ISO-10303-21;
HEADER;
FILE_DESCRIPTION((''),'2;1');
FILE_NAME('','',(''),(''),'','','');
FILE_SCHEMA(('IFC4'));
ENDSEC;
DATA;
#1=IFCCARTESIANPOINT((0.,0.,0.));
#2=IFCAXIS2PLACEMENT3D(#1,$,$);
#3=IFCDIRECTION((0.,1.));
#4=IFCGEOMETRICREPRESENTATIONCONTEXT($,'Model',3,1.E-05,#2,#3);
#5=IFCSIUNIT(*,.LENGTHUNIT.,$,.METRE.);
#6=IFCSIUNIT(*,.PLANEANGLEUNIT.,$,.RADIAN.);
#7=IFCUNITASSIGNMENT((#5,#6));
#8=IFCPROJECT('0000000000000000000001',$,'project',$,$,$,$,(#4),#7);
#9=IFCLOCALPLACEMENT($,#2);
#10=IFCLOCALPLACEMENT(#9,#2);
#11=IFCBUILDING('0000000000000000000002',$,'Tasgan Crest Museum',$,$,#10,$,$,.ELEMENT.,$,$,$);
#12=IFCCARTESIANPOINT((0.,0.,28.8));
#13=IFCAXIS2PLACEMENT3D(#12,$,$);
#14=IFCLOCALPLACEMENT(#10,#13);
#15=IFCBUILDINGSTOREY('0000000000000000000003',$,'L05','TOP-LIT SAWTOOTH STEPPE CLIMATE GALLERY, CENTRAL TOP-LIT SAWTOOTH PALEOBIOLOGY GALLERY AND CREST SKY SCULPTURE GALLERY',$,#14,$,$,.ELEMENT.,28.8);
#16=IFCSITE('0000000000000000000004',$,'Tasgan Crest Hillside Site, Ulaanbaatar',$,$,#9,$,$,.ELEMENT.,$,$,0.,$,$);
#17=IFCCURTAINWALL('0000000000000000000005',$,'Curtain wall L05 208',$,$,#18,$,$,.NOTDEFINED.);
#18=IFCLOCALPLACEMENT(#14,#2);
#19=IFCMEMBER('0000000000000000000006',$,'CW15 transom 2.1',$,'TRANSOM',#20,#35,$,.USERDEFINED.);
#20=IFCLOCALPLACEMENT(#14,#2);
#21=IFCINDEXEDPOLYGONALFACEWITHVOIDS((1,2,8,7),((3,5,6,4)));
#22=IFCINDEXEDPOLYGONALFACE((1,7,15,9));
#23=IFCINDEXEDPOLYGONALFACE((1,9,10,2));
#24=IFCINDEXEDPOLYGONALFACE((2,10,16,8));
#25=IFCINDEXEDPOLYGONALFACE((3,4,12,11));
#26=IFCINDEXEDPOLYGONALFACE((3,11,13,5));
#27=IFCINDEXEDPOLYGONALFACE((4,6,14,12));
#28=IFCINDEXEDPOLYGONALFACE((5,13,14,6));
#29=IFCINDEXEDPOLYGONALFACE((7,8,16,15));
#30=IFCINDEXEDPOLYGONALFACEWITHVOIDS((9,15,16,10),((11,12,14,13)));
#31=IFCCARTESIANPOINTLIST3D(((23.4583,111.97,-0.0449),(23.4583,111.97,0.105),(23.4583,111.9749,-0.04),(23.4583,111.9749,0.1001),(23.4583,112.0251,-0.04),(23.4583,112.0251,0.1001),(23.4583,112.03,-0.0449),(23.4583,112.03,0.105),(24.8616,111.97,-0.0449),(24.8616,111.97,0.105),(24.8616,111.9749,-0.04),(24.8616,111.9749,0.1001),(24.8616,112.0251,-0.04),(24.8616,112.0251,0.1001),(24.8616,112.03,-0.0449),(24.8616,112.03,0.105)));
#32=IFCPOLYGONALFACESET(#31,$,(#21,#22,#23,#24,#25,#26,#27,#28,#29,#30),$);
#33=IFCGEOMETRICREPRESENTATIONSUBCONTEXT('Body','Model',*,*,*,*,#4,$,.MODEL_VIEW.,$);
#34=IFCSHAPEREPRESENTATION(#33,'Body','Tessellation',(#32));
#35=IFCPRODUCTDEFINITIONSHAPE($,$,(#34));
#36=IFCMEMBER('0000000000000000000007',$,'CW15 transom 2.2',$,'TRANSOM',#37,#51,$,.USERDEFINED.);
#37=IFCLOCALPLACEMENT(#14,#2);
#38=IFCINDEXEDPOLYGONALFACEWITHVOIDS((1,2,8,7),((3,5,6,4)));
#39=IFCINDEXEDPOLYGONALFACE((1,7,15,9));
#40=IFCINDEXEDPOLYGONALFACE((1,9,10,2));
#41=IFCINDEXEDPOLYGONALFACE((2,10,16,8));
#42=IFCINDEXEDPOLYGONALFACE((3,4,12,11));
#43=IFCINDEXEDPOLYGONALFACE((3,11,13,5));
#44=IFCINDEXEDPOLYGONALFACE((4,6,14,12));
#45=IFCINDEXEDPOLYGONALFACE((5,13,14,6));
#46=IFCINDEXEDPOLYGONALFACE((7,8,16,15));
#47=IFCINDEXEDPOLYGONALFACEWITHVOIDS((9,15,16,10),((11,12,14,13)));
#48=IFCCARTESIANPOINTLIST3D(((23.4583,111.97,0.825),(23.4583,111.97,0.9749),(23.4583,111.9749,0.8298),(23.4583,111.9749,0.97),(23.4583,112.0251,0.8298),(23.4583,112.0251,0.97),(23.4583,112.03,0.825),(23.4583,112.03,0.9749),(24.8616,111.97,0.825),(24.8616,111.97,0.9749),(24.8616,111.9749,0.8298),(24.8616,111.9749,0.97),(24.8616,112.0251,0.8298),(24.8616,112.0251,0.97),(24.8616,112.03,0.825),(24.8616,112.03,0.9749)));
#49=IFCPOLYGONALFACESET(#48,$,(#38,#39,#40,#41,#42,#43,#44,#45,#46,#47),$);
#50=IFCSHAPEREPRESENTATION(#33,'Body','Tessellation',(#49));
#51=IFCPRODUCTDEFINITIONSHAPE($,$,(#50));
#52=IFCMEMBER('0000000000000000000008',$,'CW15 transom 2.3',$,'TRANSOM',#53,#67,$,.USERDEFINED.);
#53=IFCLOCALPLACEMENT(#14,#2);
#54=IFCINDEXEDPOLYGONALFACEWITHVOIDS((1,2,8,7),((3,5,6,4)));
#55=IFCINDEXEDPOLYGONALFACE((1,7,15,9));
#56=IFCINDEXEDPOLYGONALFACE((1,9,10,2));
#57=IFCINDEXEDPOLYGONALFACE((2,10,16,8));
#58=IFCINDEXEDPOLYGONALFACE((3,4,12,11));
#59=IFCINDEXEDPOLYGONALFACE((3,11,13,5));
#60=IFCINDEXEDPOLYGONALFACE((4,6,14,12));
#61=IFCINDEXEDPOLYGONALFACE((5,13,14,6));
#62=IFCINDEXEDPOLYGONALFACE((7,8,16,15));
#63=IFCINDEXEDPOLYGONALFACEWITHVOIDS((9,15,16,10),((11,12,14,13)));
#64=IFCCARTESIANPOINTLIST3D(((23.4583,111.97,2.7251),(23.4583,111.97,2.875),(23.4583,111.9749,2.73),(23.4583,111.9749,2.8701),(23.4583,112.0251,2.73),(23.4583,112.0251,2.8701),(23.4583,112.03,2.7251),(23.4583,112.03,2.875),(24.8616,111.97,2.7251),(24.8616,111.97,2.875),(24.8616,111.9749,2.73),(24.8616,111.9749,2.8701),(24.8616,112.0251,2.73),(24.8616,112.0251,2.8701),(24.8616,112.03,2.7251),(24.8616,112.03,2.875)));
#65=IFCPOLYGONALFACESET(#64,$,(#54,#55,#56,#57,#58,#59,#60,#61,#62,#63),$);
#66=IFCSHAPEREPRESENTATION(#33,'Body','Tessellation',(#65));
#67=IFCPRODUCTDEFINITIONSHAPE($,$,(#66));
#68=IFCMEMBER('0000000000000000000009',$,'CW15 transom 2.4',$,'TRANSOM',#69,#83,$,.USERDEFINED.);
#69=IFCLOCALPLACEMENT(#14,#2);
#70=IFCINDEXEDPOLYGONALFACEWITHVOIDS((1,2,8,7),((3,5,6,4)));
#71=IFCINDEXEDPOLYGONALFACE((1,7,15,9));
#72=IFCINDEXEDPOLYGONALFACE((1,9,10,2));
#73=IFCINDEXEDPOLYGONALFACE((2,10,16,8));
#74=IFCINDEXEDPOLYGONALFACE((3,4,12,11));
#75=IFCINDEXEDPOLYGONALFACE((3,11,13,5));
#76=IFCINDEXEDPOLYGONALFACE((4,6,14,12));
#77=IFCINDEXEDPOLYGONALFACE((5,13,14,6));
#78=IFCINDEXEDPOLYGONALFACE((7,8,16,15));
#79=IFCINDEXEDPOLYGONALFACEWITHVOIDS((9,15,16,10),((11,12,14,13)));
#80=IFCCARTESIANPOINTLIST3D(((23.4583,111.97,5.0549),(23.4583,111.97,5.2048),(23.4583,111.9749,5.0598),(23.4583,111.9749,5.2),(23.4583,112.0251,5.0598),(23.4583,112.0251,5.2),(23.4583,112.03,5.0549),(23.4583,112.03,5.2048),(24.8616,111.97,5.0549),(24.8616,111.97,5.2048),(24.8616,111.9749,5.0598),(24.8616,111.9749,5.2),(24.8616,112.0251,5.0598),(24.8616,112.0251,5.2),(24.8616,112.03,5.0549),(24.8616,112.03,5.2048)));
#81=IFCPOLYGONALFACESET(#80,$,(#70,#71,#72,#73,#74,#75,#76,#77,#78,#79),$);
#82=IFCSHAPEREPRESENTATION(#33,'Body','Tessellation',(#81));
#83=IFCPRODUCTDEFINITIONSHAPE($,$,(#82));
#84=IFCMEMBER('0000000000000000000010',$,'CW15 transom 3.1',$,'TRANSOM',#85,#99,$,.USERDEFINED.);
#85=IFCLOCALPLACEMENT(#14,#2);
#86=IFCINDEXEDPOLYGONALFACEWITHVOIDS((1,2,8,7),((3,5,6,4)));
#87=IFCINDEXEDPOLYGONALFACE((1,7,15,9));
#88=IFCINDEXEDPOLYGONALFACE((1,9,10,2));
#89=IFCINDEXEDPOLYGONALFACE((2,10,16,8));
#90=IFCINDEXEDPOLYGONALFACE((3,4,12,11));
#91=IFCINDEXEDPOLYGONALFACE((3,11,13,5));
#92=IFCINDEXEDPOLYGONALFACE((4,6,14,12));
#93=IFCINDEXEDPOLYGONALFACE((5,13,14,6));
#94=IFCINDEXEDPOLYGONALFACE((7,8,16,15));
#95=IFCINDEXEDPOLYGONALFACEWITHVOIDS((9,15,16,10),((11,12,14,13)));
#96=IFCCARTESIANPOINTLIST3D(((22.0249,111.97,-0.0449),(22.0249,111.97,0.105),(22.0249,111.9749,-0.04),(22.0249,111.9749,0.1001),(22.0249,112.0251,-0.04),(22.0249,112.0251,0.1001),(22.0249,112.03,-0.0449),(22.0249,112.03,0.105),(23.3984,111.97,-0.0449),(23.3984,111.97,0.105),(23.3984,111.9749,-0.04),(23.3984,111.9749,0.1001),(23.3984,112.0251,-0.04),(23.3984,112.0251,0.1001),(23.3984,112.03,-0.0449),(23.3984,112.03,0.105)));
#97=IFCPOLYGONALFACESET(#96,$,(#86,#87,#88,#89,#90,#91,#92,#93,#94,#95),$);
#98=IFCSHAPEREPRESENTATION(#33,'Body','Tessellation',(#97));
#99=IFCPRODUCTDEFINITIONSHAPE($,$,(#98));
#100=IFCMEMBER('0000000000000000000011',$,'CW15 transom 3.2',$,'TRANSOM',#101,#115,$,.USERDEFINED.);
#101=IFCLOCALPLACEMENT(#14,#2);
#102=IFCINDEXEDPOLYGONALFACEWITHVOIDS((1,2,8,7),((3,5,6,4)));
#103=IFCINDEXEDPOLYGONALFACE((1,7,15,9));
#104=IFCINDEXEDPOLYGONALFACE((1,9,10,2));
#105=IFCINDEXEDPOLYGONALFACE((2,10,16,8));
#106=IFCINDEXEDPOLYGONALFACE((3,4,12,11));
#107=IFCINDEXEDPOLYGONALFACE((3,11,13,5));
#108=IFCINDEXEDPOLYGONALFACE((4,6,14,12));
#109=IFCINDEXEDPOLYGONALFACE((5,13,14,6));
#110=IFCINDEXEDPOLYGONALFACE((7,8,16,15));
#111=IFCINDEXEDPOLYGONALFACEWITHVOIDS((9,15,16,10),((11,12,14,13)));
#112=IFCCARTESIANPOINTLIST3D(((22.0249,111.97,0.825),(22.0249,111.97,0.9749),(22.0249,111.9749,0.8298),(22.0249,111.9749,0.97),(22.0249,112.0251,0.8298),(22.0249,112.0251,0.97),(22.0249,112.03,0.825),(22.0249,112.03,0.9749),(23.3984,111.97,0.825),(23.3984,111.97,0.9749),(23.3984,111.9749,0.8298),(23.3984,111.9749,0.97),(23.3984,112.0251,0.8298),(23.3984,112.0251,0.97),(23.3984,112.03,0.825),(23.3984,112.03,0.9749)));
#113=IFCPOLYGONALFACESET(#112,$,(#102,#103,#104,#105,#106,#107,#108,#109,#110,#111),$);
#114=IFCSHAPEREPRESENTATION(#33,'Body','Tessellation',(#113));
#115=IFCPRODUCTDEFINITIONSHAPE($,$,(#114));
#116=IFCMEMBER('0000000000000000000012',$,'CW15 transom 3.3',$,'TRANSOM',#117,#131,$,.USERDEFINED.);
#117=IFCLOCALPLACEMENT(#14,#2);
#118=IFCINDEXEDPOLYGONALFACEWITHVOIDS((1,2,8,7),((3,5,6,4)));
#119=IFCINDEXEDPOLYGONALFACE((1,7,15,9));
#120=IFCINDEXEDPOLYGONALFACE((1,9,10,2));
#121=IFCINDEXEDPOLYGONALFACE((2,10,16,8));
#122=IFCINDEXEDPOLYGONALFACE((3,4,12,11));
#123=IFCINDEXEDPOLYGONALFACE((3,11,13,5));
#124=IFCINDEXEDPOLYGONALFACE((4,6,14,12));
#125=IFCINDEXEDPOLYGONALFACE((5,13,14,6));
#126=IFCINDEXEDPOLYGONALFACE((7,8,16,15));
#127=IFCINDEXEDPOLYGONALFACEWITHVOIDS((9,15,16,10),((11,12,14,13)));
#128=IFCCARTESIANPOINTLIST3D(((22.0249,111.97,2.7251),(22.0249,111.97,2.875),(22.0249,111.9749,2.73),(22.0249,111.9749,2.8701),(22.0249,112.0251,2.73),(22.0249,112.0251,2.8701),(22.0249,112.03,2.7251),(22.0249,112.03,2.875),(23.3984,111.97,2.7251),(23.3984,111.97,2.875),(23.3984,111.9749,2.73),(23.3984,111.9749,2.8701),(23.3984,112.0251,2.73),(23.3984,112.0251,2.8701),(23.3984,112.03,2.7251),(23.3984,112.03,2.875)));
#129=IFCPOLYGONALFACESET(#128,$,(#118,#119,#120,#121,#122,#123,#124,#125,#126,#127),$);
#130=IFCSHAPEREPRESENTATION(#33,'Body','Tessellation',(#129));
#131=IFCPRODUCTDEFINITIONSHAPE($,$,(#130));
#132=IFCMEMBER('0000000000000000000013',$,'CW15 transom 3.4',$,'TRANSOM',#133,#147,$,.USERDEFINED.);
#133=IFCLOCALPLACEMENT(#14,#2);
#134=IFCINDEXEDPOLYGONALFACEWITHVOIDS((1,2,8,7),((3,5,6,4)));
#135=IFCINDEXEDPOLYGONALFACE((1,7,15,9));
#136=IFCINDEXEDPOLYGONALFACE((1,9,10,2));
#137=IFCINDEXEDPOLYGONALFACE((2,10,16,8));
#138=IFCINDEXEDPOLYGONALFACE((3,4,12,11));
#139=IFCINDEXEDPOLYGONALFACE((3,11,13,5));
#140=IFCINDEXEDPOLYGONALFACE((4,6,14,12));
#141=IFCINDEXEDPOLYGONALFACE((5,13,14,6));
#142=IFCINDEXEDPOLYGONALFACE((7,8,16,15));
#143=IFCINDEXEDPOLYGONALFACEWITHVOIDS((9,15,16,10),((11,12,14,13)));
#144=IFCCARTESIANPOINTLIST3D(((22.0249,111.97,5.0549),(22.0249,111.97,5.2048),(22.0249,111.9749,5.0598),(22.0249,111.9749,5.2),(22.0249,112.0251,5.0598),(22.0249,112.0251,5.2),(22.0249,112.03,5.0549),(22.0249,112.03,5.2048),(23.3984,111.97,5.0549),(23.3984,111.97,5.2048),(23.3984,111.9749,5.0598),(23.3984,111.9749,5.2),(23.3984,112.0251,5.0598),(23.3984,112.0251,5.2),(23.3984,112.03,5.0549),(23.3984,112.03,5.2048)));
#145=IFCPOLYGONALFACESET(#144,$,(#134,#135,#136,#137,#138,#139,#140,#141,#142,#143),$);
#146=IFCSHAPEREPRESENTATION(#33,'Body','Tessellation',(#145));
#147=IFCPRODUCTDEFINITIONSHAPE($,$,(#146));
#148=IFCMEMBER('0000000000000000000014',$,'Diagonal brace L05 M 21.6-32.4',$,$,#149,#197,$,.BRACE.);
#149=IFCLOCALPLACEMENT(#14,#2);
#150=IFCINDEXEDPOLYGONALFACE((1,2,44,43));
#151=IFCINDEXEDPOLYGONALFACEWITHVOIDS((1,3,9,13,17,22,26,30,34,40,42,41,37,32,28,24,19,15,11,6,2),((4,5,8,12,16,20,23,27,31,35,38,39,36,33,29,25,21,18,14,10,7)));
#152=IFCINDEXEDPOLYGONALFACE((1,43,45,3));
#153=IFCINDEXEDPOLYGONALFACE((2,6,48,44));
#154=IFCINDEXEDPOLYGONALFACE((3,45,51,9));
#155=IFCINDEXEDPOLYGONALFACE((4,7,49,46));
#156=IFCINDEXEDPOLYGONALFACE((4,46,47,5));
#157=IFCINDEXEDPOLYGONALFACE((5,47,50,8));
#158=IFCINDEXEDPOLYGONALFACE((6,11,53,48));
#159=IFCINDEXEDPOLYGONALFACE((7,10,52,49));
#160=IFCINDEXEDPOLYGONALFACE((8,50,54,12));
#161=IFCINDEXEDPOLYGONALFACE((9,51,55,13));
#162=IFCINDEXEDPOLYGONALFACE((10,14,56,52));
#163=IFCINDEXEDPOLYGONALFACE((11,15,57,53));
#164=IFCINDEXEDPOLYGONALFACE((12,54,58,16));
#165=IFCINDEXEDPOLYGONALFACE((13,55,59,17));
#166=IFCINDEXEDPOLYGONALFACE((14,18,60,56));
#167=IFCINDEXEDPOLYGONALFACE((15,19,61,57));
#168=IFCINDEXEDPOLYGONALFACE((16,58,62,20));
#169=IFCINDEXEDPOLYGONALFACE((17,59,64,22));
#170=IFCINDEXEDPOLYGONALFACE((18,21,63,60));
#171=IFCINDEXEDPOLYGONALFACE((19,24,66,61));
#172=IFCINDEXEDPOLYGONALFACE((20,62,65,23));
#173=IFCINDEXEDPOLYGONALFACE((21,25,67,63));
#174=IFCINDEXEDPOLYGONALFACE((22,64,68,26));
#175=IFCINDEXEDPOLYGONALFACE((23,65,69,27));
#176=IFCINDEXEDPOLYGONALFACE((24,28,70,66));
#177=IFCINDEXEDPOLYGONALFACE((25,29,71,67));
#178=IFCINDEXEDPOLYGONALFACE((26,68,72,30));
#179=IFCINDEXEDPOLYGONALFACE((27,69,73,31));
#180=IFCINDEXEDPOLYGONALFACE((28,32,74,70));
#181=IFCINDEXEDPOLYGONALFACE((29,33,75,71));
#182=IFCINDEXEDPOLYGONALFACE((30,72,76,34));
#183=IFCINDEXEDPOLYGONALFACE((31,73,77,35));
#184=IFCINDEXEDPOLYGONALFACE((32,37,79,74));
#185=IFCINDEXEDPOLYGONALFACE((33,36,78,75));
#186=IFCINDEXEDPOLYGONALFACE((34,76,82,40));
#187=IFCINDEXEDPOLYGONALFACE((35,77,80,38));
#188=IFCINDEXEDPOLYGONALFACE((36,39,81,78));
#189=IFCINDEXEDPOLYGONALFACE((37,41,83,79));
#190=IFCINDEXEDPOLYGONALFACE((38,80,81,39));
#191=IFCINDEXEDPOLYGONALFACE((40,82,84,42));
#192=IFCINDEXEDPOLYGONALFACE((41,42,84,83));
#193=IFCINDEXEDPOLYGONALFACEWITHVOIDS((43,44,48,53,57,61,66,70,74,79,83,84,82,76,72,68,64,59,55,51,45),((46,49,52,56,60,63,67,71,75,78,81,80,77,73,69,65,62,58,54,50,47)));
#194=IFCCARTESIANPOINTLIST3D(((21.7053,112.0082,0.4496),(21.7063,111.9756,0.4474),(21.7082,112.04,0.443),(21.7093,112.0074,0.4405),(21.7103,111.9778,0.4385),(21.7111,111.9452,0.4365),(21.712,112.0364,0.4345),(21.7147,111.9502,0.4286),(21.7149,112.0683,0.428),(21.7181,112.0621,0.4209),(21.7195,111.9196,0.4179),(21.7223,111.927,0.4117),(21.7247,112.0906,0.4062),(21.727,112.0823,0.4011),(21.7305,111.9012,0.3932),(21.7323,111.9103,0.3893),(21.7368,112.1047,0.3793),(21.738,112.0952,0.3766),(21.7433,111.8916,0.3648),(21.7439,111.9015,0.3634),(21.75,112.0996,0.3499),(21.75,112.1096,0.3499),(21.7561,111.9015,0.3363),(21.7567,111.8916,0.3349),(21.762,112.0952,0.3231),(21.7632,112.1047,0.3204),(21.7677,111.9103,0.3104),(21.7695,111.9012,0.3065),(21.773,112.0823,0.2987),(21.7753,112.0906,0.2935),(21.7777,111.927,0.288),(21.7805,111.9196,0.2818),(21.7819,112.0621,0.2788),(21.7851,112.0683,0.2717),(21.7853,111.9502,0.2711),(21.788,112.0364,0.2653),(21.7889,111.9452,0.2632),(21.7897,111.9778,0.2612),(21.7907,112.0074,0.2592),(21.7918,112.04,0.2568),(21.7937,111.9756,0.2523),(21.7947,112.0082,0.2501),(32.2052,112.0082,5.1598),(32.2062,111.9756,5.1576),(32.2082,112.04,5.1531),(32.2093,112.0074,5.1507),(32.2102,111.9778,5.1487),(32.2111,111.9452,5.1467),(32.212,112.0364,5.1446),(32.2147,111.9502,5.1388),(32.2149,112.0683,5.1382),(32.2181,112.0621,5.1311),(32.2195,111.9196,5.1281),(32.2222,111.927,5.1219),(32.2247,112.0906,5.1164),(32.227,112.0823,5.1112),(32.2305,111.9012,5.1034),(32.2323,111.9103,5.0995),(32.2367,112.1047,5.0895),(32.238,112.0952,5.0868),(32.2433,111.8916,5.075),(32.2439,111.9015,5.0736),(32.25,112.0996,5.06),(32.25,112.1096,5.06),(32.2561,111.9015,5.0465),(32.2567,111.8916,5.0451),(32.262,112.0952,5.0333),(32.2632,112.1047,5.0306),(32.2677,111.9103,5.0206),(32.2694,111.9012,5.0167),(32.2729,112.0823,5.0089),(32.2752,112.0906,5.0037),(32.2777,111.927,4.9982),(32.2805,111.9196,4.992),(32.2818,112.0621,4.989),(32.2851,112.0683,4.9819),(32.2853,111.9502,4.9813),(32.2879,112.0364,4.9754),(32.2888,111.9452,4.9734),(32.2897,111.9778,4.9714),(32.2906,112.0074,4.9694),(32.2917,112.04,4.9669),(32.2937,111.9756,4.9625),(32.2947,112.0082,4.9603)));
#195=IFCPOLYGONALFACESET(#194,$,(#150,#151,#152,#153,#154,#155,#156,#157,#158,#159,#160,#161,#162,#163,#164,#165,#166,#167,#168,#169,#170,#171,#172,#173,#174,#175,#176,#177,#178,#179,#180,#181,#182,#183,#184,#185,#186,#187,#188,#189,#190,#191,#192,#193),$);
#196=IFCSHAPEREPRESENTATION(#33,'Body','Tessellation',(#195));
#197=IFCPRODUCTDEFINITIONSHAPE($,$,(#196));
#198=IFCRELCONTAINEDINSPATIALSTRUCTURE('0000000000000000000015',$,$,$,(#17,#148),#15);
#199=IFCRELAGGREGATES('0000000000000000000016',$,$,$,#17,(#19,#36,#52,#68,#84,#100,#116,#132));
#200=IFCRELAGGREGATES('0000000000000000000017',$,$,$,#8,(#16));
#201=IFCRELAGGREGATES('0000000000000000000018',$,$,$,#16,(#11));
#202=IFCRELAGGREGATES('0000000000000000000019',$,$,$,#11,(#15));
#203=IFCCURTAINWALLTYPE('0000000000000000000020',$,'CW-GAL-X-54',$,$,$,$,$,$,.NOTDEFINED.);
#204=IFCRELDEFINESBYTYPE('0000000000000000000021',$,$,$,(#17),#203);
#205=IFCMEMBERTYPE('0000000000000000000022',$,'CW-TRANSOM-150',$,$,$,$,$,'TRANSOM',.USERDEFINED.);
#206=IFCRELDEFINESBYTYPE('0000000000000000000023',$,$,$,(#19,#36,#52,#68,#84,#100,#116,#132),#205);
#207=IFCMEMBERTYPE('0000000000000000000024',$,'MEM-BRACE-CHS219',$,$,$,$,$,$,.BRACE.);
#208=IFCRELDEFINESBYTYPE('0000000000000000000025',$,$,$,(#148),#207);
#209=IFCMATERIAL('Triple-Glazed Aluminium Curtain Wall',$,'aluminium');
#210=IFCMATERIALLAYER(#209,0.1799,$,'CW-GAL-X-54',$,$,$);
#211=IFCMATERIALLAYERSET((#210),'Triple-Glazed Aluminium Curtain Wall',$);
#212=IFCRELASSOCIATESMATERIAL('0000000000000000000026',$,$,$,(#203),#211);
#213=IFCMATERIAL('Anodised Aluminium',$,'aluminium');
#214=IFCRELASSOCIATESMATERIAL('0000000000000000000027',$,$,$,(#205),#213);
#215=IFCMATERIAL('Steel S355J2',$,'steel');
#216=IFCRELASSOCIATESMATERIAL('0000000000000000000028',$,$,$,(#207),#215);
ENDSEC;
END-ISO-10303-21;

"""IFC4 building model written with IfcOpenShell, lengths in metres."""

from ifc_helpers import new_model, si_unit, direction, frame, origin, origin_2d, place, context, subcontext, project, spatial, hollow_rectangle, hollow_circle, extrude, material, layer, layer_set, material_profile, profile_set, type_object, element, aggregate, save


model = new_model("IFC4")

# Units and contexts
model_context = context("Model", 3, precision=1e-05, world=origin(), true_north=direction((0.0, 1.0)))
body_context = subcontext(model_context, "Body", "Model", "MODEL_VIEW")
ifc_project = project(units=[si_unit("LENGTHUNIT", "METRE"), si_unit("PLANEANGLEUNIT", "RADIAN")], contexts=[model_context])

# Site, building, storey
site_placement = place(None, origin())
site = spatial("IfcSite", under=ifc_project, at=site_placement, Name="Tasgan Crest Hillside Site, Ulaanbaatar", CompositionType="ELEMENT", RefElevation=0.0)
building_placement = place(site_placement, origin())
building = spatial("IfcBuilding", under=site, at=building_placement, Name="Tasgan Crest Museum", CompositionType="ELEMENT")
storey_placement = place(building_placement, frame((0.0, 0.0, 28.8)))
storey = spatial("IfcBuildingStorey", under=building, at=storey_placement, Name="L05", Description="TOP-LIT SAWTOOTH STEPPE CLIMATE GALLERY, CENTRAL TOP-LIT SAWTOOTH PALEOBIOLOGY GALLERY AND CREST SKY SCULPTURE GALLERY", CompositionType="ELEMENT", Elevation=28.8)

# Curtain wall, members
ifc_material_1 = material(Name="Triple-Glazed Aluminium Curtain Wall", Category="aluminium")
ifc_layer_1 = layer(ifc_material_1, 0.1799, Name="CW-GAL-X-54")
ifc_layer_set_1 = layer_set([ifc_layer_1], Name="Triple-Glazed Aluminium Curtain Wall")
curtain_wall_type = type_object("IfcCurtainWallType", Name="CW-GAL-X-54", PredefinedType="NOTDEFINED", material=ifc_layer_set_1)
curtain_wall_placement = place(storey_placement, origin())
curtain_wall = element("IfcCurtainWall", 1, at=curtain_wall_placement, inside=storey, type_object=curtain_wall_type, Name="Curtain wall L05 208", PredefinedType="NOTDEFINED")
ifc_material_2 = material(Name="Anodised Aluminium", Category="aluminium")
ifc_material_profile_1 = material_profile(ifc_material_2, hollow_rectangle(XDim=0.0601, YDim=0.1499, WallThickness=0.0049, at=origin_2d()), Name="ALU TRANSOM 150x60x5")
ifc_profile_set_1 = profile_set([ifc_material_profile_1], Name="Anodised Aluminium")
member_type_1 = type_object("IfcMemberType", Name="CW-TRANSOM-150", ElementType="TRANSOM", PredefinedType="USERDEFINED", material=ifc_profile_set_1)
member_1_placement = place(storey_placement, frame((24.8616, 112.0, 0.03), z_axis=(-1.0, 0.0, 0.0), x_axis=(0.0, -1.0, 0.0)))
member_1 = element("IfcMember", 2, at=member_1_placement, type_object=member_type_1, Name="CW15 transom 2.1", ObjectType="TRANSOM", PredefinedType="USERDEFINED", context=body_context, shape_type="SweptSolid", body=[
    extrude(hollow_rectangle(XDim=0.0601, YDim=0.1499, WallThickness=0.0049, at=origin_2d()), origin(), (0.0, 0.0, 1.0), 1.4033),
])
member_2_placement = place(storey_placement, frame((24.8616, 112.0, 0.8999), z_axis=(-1.0, 0.0, 0.0), x_axis=(0.0, -1.0, 0.0)))
member_2 = element("IfcMember", 3, at=member_2_placement, type_object=member_type_1, Name="CW15 transom 2.2", ObjectType="TRANSOM", PredefinedType="USERDEFINED", context=body_context, shape_type="SweptSolid", body=[
    extrude(hollow_rectangle(XDim=0.0601, YDim=0.1499, WallThickness=0.0049, at=origin_2d()), origin(), (0.0, 0.0, 1.0), 1.4033),
])
member_3_placement = place(storey_placement, frame((24.8616, 112.0, 2.8), z_axis=(-1.0, 0.0, 0.0), x_axis=(0.0, -1.0, 0.0)))
member_3 = element("IfcMember", 4, at=member_3_placement, type_object=member_type_1, Name="CW15 transom 2.3", ObjectType="TRANSOM", PredefinedType="USERDEFINED", context=body_context, shape_type="SweptSolid", body=[
    extrude(hollow_rectangle(XDim=0.0601, YDim=0.1499, WallThickness=0.0049, at=origin_2d()), origin(), (0.0, 0.0, 1.0), 1.4033),
])
member_4_placement = place(storey_placement, frame((24.8616, 112.0, 5.1299), z_axis=(-1.0, 0.0, 0.0), x_axis=(0.0, -1.0, 0.0)))
member_4 = element("IfcMember", 5, at=member_4_placement, type_object=member_type_1, Name="CW15 transom 2.4", ObjectType="TRANSOM", PredefinedType="USERDEFINED", context=body_context, shape_type="SweptSolid", body=[
    extrude(hollow_rectangle(XDim=0.0601, YDim=0.1499, WallThickness=0.0049, at=origin_2d()), origin(), (0.0, 0.0, 1.0), 1.4033),
])
member_5_placement = place(storey_placement, frame((23.3984, 112.0, 0.03), z_axis=(-1.0, 0.0, 0.0), x_axis=(0.0, -1.0, 0.0)))
member_5 = element("IfcMember", 6, at=member_5_placement, type_object=member_type_1, Name="CW15 transom 3.1", ObjectType="TRANSOM", PredefinedType="USERDEFINED", context=body_context, shape_type="SweptSolid", body=[
    extrude(hollow_rectangle(XDim=0.0601, YDim=0.1499, WallThickness=0.0049, at=origin_2d()), origin(), (0.0, 0.0, 1.0), 1.3735),
])
member_6_placement = place(storey_placement, frame((23.3984, 112.0, 0.8999), z_axis=(-1.0, 0.0, 0.0), x_axis=(0.0, -1.0, 0.0)))
member_6 = element("IfcMember", 7, at=member_6_placement, type_object=member_type_1, Name="CW15 transom 3.2", ObjectType="TRANSOM", PredefinedType="USERDEFINED", context=body_context, shape_type="SweptSolid", body=[
    extrude(hollow_rectangle(XDim=0.0601, YDim=0.1499, WallThickness=0.0049, at=origin_2d()), origin(), (0.0, 0.0, 1.0), 1.3735),
])
member_7_placement = place(storey_placement, frame((23.3984, 112.0, 2.8), z_axis=(-1.0, 0.0, 0.0), x_axis=(0.0, -1.0, 0.0)))
member_7 = element("IfcMember", 8, at=member_7_placement, type_object=member_type_1, Name="CW15 transom 3.3", ObjectType="TRANSOM", PredefinedType="USERDEFINED", context=body_context, shape_type="SweptSolid", body=[
    extrude(hollow_rectangle(XDim=0.0601, YDim=0.1499, WallThickness=0.0049, at=origin_2d()), origin(), (0.0, 0.0, 1.0), 1.3735),
])
member_8_placement = place(storey_placement, frame((23.3984, 112.0, 5.1299), z_axis=(-1.0, 0.0, 0.0), x_axis=(0.0, -1.0, 0.0)))
member_8 = element("IfcMember", 9, at=member_8_placement, type_object=member_type_1, Name="CW15 transom 3.4", ObjectType="TRANSOM", PredefinedType="USERDEFINED", context=body_context, shape_type="SweptSolid", body=[
    extrude(hollow_rectangle(XDim=0.0601, YDim=0.1499, WallThickness=0.0049, at=origin_2d()), origin(), (0.0, 0.0, 1.0), 1.3735),
])

# Member
ifc_material_3 = material(Name="Steel S355J2", Category="steel")
ifc_material_profile_2 = material_profile(ifc_material_3, hollow_circle(Radius=0.1096, WallThickness=0.01, at=origin_2d()), Name="CHS 219.1x10")
ifc_profile_set_2 = profile_set([ifc_material_profile_2], Name="Steel S355J2")
member_type_2 = type_object("IfcMemberType", Name="MEM-BRACE-CHS219", PredefinedType="BRACE", material=ifc_profile_set_2)
member_9_placement = place(storey_placement, frame((21.75, 112.0, 0.3499), z_axis=(0.912402, 0.0, 0.409295), x_axis=(0.0, 1.0, 0.0)))
element("IfcMember", 10, at=member_9_placement, inside=storey, type_object=member_type_2, Name="Diagonal brace L05 M 21.6-32.4", PredefinedType="BRACE", context=body_context, shape_type="SweptSolid", body=[
    extrude(hollow_circle(Radius=0.1096, WallThickness=0.01, at=origin_2d()), origin(), (0.0, 0.0, 1.0), 11.5081),
])

aggregate(curtain_wall, [member_1, member_2, member_3, member_4, member_5, member_6, member_7, member_8])

save(model, "model.ifc")
